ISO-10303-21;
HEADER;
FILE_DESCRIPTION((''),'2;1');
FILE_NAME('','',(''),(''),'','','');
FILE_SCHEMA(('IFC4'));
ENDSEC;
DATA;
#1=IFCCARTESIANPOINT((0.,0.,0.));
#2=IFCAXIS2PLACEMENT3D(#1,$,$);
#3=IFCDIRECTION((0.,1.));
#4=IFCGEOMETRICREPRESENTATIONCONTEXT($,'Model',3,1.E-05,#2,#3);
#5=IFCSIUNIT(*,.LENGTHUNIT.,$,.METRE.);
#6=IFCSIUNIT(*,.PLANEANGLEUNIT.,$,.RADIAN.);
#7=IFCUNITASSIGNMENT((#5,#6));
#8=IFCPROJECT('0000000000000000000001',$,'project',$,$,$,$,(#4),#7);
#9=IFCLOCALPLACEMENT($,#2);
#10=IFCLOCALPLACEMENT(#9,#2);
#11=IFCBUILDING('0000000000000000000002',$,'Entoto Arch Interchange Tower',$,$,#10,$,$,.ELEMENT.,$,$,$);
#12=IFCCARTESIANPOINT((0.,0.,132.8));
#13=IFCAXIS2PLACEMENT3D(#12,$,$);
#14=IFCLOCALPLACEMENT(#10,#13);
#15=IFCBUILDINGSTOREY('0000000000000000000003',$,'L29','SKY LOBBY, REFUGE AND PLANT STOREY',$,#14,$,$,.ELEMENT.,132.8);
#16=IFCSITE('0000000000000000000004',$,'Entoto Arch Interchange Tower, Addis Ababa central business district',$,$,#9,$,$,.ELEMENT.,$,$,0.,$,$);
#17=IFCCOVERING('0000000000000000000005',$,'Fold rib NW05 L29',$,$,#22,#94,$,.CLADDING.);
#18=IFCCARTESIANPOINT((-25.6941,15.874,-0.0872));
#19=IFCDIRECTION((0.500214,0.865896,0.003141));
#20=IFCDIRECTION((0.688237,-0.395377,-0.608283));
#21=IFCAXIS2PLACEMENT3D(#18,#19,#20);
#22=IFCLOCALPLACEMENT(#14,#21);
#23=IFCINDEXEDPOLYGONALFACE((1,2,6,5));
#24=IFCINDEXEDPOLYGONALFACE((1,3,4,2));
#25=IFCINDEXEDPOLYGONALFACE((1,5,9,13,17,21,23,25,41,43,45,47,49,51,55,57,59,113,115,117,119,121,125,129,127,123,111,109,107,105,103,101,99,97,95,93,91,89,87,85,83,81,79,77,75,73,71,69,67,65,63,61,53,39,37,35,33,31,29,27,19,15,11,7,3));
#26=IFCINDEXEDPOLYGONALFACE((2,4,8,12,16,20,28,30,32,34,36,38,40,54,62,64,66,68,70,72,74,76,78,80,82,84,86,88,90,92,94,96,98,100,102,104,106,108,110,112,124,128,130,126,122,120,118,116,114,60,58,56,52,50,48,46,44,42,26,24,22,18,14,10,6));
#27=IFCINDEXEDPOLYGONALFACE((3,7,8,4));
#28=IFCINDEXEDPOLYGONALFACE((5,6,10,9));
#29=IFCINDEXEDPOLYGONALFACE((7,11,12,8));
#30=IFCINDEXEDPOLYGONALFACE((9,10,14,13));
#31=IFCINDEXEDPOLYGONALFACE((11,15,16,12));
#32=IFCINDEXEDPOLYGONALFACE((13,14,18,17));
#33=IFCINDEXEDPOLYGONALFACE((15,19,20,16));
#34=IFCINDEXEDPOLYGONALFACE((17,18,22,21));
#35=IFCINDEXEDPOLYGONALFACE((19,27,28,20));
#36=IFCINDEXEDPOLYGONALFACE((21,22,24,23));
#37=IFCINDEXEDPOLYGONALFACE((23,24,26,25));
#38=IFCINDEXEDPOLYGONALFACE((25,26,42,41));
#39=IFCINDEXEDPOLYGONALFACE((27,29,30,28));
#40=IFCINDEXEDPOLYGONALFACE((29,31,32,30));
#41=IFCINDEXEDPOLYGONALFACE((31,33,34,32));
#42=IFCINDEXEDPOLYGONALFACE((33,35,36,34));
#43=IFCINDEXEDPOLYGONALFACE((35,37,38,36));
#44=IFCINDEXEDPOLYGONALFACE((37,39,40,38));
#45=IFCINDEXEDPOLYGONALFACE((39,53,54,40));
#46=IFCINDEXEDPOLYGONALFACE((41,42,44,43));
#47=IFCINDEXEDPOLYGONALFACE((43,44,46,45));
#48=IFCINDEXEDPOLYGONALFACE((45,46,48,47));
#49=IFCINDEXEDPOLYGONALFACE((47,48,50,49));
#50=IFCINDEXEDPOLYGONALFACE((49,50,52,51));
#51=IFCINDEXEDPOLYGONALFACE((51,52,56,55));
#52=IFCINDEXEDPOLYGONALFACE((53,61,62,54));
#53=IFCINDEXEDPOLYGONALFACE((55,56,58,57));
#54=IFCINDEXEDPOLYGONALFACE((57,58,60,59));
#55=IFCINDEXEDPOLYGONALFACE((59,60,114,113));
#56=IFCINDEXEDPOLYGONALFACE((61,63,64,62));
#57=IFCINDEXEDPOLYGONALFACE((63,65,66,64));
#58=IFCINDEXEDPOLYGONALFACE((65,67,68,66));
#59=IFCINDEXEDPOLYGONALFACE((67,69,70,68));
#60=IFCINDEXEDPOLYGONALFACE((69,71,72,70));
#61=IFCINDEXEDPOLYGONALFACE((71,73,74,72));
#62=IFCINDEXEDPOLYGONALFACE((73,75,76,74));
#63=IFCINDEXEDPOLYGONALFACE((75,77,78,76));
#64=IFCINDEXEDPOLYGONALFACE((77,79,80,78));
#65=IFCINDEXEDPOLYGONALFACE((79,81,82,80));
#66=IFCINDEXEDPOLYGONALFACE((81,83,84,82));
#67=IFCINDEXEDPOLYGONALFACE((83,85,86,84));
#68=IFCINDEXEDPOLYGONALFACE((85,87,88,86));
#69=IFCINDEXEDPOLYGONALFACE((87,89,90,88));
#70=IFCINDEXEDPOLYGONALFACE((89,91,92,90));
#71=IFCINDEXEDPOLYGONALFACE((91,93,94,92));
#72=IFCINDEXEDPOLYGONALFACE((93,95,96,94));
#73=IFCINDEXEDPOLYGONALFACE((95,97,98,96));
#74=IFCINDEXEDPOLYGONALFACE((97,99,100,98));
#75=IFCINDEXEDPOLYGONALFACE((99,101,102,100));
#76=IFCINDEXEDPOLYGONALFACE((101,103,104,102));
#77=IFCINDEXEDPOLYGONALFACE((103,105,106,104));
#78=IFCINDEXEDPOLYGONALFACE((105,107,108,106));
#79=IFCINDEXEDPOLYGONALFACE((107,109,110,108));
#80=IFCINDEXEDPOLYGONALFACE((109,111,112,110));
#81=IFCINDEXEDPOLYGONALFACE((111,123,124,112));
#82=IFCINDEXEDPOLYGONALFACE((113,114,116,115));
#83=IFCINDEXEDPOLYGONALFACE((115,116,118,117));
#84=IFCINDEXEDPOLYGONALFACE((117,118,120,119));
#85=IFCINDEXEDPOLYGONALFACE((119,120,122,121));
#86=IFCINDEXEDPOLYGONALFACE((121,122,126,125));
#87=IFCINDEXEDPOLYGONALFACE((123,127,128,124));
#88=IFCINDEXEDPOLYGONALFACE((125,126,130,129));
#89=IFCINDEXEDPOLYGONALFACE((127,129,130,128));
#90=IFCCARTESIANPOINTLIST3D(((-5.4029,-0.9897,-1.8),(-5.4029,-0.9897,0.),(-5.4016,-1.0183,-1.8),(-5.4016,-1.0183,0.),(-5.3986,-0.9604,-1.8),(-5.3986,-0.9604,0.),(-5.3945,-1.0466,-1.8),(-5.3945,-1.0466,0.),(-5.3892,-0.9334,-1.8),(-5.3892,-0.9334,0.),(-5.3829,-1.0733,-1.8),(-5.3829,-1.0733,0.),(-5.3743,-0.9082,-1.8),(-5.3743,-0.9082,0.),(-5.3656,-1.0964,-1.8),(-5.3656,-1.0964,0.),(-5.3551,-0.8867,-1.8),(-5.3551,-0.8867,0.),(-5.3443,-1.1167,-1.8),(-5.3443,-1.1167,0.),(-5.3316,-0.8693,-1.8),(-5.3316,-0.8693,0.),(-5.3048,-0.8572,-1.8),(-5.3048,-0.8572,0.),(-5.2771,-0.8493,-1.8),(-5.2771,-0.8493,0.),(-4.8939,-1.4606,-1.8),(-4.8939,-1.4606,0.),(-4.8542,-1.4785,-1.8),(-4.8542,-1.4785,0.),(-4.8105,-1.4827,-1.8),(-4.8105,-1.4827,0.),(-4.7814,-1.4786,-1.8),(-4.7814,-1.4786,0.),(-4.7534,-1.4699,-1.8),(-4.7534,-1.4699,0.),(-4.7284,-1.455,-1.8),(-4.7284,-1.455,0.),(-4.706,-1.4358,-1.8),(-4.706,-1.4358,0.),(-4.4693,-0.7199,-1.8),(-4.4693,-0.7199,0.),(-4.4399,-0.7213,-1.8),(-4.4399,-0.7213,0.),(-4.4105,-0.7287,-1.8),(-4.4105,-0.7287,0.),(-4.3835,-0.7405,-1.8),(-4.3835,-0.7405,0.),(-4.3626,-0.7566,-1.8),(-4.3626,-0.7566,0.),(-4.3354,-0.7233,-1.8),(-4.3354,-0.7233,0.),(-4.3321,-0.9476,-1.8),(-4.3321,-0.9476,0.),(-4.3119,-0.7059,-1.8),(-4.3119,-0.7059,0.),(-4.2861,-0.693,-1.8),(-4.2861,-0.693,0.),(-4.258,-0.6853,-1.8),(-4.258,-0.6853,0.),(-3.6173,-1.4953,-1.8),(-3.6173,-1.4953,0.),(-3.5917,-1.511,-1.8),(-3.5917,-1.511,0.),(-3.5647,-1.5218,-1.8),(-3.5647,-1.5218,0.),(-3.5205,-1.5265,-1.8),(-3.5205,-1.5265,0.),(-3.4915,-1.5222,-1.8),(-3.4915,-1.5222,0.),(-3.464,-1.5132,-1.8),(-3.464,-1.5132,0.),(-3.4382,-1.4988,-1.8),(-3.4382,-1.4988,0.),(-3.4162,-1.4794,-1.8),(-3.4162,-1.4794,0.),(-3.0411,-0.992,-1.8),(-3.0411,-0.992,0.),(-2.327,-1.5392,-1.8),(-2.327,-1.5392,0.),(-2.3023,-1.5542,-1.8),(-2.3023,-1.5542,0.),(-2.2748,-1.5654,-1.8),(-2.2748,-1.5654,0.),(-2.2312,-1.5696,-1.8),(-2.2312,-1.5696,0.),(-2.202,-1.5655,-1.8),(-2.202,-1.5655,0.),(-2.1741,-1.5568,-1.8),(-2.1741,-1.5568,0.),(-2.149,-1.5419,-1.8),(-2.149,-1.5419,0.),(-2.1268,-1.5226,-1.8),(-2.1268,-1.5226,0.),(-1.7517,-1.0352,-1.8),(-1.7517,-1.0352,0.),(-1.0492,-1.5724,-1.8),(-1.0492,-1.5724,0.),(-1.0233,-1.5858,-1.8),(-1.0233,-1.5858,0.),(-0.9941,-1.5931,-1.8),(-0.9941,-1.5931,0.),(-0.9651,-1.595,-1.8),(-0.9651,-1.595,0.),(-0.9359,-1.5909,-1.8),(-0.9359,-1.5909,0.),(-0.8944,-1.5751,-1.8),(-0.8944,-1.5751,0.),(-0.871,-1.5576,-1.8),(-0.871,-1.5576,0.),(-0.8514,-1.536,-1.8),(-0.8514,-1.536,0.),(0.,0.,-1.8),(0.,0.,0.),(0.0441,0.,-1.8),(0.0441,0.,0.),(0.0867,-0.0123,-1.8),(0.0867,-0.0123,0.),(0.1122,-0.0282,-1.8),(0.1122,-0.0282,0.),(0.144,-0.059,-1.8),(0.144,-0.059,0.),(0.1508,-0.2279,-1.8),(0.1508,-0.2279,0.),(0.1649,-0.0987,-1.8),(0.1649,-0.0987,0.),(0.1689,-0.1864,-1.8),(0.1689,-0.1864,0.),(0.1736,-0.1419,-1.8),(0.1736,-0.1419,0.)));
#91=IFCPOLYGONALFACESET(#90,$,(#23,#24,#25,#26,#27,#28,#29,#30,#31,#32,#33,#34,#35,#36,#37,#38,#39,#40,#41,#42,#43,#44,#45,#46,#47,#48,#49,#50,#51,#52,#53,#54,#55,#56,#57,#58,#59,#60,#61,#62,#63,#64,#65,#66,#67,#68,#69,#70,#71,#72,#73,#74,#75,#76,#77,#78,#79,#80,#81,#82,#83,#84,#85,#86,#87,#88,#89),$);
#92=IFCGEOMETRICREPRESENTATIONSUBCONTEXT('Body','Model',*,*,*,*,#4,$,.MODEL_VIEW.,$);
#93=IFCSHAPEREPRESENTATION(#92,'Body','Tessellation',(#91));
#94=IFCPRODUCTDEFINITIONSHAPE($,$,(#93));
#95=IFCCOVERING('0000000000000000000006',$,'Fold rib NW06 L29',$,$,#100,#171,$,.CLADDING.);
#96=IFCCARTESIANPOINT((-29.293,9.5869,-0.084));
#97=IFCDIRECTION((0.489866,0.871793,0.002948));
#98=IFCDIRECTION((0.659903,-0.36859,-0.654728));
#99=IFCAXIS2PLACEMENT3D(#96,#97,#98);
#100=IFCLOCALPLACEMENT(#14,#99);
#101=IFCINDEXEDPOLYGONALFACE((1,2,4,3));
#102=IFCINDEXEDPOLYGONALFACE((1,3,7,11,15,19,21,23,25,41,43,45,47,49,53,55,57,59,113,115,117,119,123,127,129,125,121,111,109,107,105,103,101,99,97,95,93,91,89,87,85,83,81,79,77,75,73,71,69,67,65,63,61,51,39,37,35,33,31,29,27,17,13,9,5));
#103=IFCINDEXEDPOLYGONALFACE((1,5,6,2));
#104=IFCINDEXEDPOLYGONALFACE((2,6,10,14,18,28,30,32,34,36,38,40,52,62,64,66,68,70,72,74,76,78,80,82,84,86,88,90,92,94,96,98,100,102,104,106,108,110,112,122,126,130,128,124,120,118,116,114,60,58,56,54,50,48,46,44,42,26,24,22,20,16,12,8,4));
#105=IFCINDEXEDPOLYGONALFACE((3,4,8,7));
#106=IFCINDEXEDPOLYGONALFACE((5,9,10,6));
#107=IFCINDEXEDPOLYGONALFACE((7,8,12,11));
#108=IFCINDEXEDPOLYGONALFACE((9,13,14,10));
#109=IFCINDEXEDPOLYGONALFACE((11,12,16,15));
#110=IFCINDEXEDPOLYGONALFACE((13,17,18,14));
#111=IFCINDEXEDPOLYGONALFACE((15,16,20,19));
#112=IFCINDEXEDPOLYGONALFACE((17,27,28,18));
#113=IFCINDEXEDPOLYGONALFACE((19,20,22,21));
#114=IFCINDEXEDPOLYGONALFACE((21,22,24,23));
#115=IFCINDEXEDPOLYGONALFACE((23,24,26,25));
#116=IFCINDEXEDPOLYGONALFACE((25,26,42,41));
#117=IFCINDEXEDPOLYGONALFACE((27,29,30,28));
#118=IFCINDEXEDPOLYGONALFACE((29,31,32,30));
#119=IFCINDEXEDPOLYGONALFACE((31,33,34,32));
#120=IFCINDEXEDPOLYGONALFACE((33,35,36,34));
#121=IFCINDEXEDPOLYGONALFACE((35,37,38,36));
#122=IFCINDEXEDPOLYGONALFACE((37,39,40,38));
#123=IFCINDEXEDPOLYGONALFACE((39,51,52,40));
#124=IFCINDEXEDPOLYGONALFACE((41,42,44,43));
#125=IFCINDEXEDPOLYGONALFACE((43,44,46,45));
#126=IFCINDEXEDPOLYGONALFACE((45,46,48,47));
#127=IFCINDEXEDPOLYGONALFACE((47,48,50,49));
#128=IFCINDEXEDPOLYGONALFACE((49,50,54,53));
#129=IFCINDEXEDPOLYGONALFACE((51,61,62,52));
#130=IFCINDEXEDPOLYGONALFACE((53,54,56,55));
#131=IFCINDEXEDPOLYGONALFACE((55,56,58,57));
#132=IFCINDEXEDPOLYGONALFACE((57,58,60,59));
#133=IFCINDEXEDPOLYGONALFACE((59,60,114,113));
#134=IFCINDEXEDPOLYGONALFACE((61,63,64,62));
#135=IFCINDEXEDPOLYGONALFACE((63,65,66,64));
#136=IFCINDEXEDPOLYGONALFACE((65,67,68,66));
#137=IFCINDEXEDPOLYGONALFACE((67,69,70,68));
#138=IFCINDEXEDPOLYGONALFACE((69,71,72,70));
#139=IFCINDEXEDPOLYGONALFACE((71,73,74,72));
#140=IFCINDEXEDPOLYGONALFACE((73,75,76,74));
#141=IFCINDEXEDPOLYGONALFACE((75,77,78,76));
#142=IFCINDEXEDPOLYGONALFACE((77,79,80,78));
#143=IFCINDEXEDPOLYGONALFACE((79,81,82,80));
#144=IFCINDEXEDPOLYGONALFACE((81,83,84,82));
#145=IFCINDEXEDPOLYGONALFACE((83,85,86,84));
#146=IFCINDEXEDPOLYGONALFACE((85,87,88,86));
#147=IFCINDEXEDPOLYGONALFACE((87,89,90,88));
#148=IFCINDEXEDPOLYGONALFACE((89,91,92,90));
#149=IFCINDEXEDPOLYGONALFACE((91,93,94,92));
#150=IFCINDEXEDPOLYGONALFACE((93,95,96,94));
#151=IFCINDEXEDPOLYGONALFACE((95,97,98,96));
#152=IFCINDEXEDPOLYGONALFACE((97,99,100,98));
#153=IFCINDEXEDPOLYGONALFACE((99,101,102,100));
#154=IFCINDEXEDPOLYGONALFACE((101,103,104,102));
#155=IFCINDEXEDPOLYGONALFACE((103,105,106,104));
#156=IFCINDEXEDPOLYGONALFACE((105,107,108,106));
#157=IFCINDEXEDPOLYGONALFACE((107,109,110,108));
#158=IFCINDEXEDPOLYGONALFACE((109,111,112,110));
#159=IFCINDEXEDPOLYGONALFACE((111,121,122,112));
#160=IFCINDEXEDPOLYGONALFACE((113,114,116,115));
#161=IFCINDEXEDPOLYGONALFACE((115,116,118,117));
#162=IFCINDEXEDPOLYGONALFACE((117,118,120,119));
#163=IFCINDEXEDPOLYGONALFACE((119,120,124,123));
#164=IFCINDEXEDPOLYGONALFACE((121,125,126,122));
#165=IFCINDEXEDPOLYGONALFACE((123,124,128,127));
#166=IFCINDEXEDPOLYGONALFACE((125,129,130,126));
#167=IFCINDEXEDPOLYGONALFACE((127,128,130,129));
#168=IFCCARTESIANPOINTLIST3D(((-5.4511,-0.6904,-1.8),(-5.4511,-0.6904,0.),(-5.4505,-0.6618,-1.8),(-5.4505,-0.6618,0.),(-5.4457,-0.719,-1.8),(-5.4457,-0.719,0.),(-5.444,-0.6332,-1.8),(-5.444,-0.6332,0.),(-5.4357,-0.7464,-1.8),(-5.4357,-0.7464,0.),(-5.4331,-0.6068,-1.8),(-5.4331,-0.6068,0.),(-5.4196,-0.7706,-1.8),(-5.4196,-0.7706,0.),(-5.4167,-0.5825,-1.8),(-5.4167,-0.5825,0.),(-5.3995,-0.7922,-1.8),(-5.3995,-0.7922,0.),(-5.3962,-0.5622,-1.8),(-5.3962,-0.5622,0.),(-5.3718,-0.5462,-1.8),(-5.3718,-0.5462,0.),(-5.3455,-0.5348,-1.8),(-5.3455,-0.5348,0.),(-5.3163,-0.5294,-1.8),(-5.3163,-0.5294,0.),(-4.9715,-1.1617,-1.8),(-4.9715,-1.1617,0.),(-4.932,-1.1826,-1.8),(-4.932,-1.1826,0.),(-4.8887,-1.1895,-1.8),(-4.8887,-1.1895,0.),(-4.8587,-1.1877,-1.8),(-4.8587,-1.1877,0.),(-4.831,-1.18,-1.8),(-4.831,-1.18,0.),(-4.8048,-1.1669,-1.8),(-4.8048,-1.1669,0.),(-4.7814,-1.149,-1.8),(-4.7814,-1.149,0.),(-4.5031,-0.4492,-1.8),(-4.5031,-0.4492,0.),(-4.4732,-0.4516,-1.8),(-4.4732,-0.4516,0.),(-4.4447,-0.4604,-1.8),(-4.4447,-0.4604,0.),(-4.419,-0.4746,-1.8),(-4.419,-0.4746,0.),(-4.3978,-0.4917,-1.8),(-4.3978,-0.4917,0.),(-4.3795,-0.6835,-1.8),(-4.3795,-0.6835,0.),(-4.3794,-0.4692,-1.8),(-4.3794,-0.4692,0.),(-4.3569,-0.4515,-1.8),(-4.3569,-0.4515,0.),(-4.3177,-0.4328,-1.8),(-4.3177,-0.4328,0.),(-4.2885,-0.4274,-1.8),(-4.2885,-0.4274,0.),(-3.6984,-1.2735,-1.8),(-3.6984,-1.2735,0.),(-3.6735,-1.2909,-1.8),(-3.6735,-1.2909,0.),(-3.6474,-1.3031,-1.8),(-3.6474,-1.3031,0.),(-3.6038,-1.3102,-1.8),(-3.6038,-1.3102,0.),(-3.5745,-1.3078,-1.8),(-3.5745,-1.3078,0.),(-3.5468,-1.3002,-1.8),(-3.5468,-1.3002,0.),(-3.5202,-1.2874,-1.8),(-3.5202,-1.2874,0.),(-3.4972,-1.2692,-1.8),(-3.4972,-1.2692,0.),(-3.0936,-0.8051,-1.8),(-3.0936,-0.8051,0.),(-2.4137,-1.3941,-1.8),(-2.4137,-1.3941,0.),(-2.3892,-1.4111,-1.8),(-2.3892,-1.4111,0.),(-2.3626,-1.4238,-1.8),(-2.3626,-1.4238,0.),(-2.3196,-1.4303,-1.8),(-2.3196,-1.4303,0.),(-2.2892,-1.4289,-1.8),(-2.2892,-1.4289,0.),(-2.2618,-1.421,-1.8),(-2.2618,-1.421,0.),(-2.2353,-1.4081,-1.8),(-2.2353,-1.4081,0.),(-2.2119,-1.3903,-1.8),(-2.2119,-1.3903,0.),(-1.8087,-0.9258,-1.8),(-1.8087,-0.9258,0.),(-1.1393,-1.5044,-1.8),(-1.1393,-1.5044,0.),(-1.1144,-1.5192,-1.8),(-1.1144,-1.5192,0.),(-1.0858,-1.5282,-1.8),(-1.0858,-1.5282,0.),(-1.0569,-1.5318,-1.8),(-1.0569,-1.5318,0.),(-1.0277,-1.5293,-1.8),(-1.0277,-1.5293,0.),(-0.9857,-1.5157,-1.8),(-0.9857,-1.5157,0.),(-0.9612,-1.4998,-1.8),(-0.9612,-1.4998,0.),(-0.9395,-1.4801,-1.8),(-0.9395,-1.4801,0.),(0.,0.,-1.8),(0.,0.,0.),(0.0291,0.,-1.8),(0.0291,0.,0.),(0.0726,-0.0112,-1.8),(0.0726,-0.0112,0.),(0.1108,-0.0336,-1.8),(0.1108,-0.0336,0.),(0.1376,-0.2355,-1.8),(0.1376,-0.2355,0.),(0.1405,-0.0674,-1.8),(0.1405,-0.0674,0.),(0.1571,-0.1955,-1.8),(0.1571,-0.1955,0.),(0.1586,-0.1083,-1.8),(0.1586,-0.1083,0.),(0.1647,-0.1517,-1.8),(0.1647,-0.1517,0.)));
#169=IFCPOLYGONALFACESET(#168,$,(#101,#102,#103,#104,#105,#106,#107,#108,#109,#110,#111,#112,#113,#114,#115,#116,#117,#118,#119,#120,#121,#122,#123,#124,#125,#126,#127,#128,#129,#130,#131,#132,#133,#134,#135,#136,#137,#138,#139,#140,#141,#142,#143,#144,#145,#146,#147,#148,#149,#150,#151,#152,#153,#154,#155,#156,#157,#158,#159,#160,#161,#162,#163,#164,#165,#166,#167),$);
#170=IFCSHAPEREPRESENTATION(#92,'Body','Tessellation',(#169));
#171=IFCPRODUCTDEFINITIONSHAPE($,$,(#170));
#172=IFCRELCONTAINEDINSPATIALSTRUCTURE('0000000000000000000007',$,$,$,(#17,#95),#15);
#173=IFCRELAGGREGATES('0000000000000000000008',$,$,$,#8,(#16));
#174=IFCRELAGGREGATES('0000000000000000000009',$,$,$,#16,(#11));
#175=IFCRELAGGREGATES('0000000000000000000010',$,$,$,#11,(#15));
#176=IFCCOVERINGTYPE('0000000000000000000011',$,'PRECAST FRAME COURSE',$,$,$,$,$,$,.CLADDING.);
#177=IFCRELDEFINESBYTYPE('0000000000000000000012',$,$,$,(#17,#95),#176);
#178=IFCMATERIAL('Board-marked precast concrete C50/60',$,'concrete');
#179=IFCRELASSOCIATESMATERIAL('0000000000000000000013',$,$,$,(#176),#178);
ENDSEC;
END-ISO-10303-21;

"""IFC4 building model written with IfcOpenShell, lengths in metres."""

from ifc_helpers import new_model, si_unit, direction, frame, origin, place, context, subcontext, project, spatial, polyline, outline, extrude, material, type_object, element, save


model = new_model("IFC4")

# Units and contexts
model_context = context("Model", 3, precision=1e-05, world=origin(), true_north=direction((0.0, 1.0)))
body_context = subcontext(model_context, "Body", "Model", "MODEL_VIEW")
ifc_project = project(units=[si_unit("LENGTHUNIT", "METRE"), si_unit("PLANEANGLEUNIT", "RADIAN")], contexts=[model_context])

# Site, building, storey
site_placement = place(None, origin())
site = spatial("IfcSite", under=ifc_project, at=site_placement, Name="Entoto Arch Interchange Tower, Addis Ababa central business district", CompositionType="ELEMENT", RefElevation=0.0)
building_placement = place(site_placement, origin())
building = spatial("IfcBuilding", under=site, at=building_placement, Name="Entoto Arch Interchange Tower", CompositionType="ELEMENT")
storey_placement = place(building_placement, frame((0.0, 0.0, 132.8)))
storey = spatial("IfcBuildingStorey", under=building, at=storey_placement, Name="L29", Description="SKY LOBBY, REFUGE AND PLANT STOREY", CompositionType="ELEMENT", Elevation=132.8)

# Shared definitions
ifc_material_1 = material(Name="Board-marked precast concrete C50/60", Category="concrete")

# Coverings
covering_type = type_object("IfcCoveringType", Name="PRECAST FRAME COURSE", PredefinedType="CLADDING", material=ifc_material_1)
covering_1_placement = place(storey_placement, frame((-25.6941, 15.874, -0.0872), z_axis=(0.500214, 0.865896, 0.003141), x_axis=(0.688237, -0.395377, -0.608283)))
element("IfcCovering", 1, at=covering_1_placement, inside=storey, type_object=covering_type, Name="Fold rib NW05 L29", PredefinedType="CLADDING", context=body_context, shape_type="SweptSolid", body=[
    extrude(outline(polyline([(0.0, 0.0), (0.0441, 0.0), (0.0867, -0.0123), (0.1122, -0.0282), (0.144, -0.059), (0.1649, -0.0987), (0.1736, -0.1419), (0.1689, -0.1864), (0.1508, -0.2279), (-0.8514, -1.536), (-0.871, -1.5576), (-0.8944, -1.5751), (-0.9359, -1.5909), (-0.9651, -1.595), (-0.9941, -1.5931), (-1.0233, -1.5858), (-1.0492, -1.5724), (-1.7517, -1.0352), (-2.1268, -1.5226), (-2.149, -1.5419), (-2.1741, -1.5568), (-2.202, -1.5655), (-2.2312, -1.5696), (-2.2748, -1.5654), (-2.3023, -1.5542), (-2.327, -1.5392), (-3.0411, -0.992), (-3.4162, -1.4794), (-3.4382, -1.4988), (-3.464, -1.5132), (-3.4915, -1.5222), (-3.5205, -1.5265), (-3.5647, -1.5218), (-3.5917, -1.511), (-3.6173, -1.4953), (-4.3321, -0.9476), (-4.706, -1.4358), (-4.7284, -1.455), (-4.7534, -1.4699), (-4.7814, -1.4786), (-4.8105, -1.4827), (-4.8542, -1.4785), (-4.8939, -1.4606), (-5.3443, -1.1167), (-5.3656, -1.0964), (-5.3829, -1.0733), (-5.3945, -1.0466), (-5.4016, -1.0183), (-5.4029, -0.9897), (-5.3986, -0.9604), (-5.3892, -0.9334), (-5.3743, -0.9082), (-5.3551, -0.8867), (-5.3316, -0.8693), (-5.3048, -0.8572), (-5.2771, -0.8493), (-4.4693, -0.7199), (-4.4399, -0.7213), (-4.4105, -0.7287), (-4.3835, -0.7405), (-4.3626, -0.7566), (-4.3354, -0.7233), (-4.3119, -0.7059), (-4.2861, -0.693), (-4.258, -0.6853), (0.0, 0.0)])), origin(), (0.0, 0.0, -1.0), 1.8),
])
covering_2_placement = place(storey_placement, frame((-29.293, 9.5869, -0.084), z_axis=(0.489866, 0.871793, 0.002948), x_axis=(0.659903, -0.36859, -0.654728)))
element("IfcCovering", 2, at=covering_2_placement, inside=storey, type_object=covering_type, Name="Fold rib NW06 L29", PredefinedType="CLADDING", context=body_context, shape_type="SweptSolid", body=[
    extrude(outline(polyline([(0.0, 0.0), (0.0291, 0.0), (0.0726, -0.0112), (0.1108, -0.0336), (0.1405, -0.0674), (0.1586, -0.1083), (0.1647, -0.1517), (0.1571, -0.1955), (0.1376, -0.2355), (-0.9395, -1.4801), (-0.9612, -1.4998), (-0.9857, -1.5157), (-1.0277, -1.5293), (-1.0569, -1.5318), (-1.0858, -1.5282), (-1.1144, -1.5192), (-1.1393, -1.5044), (-1.8087, -0.9258), (-2.2119, -1.3903), (-2.2353, -1.4081), (-2.2618, -1.421), (-2.2892, -1.4289), (-2.3196, -1.4303), (-2.3626, -1.4238), (-2.3892, -1.4111), (-2.4137, -1.3941), (-3.0936, -0.8051), (-3.4972, -1.2692), (-3.5202, -1.2874), (-3.5468, -1.3002), (-3.5745, -1.3078), (-3.6038, -1.3102), (-3.6474, -1.3031), (-3.6735, -1.2909), (-3.6984, -1.2735), (-4.3795, -0.6835), (-4.7814, -1.149), (-4.8048, -1.1669), (-4.831, -1.18), (-4.8587, -1.1877), (-4.8887, -1.1895), (-4.932, -1.1826), (-4.9715, -1.1617), (-5.3995, -0.7922), (-5.4196, -0.7706), (-5.4357, -0.7464), (-5.4457, -0.719), (-5.4511, -0.6904), (-5.4505, -0.6618), (-5.444, -0.6332), (-5.4331, -0.6068), (-5.4167, -0.5825), (-5.3962, -0.5622), (-5.3718, -0.5462), (-5.3455, -0.5348), (-5.3163, -0.5294), (-4.5031, -0.4492), (-4.4732, -0.4516), (-4.4447, -0.4604), (-4.419, -0.4746), (-4.3978, -0.4917), (-4.3794, -0.4692), (-4.3569, -0.4515), (-4.3177, -0.4328), (-4.2885, -0.4274), (0.0, 0.0)])), origin(), (0.0, 0.0, -1.0), 1.8),
])

save(model, "model.ifc")
